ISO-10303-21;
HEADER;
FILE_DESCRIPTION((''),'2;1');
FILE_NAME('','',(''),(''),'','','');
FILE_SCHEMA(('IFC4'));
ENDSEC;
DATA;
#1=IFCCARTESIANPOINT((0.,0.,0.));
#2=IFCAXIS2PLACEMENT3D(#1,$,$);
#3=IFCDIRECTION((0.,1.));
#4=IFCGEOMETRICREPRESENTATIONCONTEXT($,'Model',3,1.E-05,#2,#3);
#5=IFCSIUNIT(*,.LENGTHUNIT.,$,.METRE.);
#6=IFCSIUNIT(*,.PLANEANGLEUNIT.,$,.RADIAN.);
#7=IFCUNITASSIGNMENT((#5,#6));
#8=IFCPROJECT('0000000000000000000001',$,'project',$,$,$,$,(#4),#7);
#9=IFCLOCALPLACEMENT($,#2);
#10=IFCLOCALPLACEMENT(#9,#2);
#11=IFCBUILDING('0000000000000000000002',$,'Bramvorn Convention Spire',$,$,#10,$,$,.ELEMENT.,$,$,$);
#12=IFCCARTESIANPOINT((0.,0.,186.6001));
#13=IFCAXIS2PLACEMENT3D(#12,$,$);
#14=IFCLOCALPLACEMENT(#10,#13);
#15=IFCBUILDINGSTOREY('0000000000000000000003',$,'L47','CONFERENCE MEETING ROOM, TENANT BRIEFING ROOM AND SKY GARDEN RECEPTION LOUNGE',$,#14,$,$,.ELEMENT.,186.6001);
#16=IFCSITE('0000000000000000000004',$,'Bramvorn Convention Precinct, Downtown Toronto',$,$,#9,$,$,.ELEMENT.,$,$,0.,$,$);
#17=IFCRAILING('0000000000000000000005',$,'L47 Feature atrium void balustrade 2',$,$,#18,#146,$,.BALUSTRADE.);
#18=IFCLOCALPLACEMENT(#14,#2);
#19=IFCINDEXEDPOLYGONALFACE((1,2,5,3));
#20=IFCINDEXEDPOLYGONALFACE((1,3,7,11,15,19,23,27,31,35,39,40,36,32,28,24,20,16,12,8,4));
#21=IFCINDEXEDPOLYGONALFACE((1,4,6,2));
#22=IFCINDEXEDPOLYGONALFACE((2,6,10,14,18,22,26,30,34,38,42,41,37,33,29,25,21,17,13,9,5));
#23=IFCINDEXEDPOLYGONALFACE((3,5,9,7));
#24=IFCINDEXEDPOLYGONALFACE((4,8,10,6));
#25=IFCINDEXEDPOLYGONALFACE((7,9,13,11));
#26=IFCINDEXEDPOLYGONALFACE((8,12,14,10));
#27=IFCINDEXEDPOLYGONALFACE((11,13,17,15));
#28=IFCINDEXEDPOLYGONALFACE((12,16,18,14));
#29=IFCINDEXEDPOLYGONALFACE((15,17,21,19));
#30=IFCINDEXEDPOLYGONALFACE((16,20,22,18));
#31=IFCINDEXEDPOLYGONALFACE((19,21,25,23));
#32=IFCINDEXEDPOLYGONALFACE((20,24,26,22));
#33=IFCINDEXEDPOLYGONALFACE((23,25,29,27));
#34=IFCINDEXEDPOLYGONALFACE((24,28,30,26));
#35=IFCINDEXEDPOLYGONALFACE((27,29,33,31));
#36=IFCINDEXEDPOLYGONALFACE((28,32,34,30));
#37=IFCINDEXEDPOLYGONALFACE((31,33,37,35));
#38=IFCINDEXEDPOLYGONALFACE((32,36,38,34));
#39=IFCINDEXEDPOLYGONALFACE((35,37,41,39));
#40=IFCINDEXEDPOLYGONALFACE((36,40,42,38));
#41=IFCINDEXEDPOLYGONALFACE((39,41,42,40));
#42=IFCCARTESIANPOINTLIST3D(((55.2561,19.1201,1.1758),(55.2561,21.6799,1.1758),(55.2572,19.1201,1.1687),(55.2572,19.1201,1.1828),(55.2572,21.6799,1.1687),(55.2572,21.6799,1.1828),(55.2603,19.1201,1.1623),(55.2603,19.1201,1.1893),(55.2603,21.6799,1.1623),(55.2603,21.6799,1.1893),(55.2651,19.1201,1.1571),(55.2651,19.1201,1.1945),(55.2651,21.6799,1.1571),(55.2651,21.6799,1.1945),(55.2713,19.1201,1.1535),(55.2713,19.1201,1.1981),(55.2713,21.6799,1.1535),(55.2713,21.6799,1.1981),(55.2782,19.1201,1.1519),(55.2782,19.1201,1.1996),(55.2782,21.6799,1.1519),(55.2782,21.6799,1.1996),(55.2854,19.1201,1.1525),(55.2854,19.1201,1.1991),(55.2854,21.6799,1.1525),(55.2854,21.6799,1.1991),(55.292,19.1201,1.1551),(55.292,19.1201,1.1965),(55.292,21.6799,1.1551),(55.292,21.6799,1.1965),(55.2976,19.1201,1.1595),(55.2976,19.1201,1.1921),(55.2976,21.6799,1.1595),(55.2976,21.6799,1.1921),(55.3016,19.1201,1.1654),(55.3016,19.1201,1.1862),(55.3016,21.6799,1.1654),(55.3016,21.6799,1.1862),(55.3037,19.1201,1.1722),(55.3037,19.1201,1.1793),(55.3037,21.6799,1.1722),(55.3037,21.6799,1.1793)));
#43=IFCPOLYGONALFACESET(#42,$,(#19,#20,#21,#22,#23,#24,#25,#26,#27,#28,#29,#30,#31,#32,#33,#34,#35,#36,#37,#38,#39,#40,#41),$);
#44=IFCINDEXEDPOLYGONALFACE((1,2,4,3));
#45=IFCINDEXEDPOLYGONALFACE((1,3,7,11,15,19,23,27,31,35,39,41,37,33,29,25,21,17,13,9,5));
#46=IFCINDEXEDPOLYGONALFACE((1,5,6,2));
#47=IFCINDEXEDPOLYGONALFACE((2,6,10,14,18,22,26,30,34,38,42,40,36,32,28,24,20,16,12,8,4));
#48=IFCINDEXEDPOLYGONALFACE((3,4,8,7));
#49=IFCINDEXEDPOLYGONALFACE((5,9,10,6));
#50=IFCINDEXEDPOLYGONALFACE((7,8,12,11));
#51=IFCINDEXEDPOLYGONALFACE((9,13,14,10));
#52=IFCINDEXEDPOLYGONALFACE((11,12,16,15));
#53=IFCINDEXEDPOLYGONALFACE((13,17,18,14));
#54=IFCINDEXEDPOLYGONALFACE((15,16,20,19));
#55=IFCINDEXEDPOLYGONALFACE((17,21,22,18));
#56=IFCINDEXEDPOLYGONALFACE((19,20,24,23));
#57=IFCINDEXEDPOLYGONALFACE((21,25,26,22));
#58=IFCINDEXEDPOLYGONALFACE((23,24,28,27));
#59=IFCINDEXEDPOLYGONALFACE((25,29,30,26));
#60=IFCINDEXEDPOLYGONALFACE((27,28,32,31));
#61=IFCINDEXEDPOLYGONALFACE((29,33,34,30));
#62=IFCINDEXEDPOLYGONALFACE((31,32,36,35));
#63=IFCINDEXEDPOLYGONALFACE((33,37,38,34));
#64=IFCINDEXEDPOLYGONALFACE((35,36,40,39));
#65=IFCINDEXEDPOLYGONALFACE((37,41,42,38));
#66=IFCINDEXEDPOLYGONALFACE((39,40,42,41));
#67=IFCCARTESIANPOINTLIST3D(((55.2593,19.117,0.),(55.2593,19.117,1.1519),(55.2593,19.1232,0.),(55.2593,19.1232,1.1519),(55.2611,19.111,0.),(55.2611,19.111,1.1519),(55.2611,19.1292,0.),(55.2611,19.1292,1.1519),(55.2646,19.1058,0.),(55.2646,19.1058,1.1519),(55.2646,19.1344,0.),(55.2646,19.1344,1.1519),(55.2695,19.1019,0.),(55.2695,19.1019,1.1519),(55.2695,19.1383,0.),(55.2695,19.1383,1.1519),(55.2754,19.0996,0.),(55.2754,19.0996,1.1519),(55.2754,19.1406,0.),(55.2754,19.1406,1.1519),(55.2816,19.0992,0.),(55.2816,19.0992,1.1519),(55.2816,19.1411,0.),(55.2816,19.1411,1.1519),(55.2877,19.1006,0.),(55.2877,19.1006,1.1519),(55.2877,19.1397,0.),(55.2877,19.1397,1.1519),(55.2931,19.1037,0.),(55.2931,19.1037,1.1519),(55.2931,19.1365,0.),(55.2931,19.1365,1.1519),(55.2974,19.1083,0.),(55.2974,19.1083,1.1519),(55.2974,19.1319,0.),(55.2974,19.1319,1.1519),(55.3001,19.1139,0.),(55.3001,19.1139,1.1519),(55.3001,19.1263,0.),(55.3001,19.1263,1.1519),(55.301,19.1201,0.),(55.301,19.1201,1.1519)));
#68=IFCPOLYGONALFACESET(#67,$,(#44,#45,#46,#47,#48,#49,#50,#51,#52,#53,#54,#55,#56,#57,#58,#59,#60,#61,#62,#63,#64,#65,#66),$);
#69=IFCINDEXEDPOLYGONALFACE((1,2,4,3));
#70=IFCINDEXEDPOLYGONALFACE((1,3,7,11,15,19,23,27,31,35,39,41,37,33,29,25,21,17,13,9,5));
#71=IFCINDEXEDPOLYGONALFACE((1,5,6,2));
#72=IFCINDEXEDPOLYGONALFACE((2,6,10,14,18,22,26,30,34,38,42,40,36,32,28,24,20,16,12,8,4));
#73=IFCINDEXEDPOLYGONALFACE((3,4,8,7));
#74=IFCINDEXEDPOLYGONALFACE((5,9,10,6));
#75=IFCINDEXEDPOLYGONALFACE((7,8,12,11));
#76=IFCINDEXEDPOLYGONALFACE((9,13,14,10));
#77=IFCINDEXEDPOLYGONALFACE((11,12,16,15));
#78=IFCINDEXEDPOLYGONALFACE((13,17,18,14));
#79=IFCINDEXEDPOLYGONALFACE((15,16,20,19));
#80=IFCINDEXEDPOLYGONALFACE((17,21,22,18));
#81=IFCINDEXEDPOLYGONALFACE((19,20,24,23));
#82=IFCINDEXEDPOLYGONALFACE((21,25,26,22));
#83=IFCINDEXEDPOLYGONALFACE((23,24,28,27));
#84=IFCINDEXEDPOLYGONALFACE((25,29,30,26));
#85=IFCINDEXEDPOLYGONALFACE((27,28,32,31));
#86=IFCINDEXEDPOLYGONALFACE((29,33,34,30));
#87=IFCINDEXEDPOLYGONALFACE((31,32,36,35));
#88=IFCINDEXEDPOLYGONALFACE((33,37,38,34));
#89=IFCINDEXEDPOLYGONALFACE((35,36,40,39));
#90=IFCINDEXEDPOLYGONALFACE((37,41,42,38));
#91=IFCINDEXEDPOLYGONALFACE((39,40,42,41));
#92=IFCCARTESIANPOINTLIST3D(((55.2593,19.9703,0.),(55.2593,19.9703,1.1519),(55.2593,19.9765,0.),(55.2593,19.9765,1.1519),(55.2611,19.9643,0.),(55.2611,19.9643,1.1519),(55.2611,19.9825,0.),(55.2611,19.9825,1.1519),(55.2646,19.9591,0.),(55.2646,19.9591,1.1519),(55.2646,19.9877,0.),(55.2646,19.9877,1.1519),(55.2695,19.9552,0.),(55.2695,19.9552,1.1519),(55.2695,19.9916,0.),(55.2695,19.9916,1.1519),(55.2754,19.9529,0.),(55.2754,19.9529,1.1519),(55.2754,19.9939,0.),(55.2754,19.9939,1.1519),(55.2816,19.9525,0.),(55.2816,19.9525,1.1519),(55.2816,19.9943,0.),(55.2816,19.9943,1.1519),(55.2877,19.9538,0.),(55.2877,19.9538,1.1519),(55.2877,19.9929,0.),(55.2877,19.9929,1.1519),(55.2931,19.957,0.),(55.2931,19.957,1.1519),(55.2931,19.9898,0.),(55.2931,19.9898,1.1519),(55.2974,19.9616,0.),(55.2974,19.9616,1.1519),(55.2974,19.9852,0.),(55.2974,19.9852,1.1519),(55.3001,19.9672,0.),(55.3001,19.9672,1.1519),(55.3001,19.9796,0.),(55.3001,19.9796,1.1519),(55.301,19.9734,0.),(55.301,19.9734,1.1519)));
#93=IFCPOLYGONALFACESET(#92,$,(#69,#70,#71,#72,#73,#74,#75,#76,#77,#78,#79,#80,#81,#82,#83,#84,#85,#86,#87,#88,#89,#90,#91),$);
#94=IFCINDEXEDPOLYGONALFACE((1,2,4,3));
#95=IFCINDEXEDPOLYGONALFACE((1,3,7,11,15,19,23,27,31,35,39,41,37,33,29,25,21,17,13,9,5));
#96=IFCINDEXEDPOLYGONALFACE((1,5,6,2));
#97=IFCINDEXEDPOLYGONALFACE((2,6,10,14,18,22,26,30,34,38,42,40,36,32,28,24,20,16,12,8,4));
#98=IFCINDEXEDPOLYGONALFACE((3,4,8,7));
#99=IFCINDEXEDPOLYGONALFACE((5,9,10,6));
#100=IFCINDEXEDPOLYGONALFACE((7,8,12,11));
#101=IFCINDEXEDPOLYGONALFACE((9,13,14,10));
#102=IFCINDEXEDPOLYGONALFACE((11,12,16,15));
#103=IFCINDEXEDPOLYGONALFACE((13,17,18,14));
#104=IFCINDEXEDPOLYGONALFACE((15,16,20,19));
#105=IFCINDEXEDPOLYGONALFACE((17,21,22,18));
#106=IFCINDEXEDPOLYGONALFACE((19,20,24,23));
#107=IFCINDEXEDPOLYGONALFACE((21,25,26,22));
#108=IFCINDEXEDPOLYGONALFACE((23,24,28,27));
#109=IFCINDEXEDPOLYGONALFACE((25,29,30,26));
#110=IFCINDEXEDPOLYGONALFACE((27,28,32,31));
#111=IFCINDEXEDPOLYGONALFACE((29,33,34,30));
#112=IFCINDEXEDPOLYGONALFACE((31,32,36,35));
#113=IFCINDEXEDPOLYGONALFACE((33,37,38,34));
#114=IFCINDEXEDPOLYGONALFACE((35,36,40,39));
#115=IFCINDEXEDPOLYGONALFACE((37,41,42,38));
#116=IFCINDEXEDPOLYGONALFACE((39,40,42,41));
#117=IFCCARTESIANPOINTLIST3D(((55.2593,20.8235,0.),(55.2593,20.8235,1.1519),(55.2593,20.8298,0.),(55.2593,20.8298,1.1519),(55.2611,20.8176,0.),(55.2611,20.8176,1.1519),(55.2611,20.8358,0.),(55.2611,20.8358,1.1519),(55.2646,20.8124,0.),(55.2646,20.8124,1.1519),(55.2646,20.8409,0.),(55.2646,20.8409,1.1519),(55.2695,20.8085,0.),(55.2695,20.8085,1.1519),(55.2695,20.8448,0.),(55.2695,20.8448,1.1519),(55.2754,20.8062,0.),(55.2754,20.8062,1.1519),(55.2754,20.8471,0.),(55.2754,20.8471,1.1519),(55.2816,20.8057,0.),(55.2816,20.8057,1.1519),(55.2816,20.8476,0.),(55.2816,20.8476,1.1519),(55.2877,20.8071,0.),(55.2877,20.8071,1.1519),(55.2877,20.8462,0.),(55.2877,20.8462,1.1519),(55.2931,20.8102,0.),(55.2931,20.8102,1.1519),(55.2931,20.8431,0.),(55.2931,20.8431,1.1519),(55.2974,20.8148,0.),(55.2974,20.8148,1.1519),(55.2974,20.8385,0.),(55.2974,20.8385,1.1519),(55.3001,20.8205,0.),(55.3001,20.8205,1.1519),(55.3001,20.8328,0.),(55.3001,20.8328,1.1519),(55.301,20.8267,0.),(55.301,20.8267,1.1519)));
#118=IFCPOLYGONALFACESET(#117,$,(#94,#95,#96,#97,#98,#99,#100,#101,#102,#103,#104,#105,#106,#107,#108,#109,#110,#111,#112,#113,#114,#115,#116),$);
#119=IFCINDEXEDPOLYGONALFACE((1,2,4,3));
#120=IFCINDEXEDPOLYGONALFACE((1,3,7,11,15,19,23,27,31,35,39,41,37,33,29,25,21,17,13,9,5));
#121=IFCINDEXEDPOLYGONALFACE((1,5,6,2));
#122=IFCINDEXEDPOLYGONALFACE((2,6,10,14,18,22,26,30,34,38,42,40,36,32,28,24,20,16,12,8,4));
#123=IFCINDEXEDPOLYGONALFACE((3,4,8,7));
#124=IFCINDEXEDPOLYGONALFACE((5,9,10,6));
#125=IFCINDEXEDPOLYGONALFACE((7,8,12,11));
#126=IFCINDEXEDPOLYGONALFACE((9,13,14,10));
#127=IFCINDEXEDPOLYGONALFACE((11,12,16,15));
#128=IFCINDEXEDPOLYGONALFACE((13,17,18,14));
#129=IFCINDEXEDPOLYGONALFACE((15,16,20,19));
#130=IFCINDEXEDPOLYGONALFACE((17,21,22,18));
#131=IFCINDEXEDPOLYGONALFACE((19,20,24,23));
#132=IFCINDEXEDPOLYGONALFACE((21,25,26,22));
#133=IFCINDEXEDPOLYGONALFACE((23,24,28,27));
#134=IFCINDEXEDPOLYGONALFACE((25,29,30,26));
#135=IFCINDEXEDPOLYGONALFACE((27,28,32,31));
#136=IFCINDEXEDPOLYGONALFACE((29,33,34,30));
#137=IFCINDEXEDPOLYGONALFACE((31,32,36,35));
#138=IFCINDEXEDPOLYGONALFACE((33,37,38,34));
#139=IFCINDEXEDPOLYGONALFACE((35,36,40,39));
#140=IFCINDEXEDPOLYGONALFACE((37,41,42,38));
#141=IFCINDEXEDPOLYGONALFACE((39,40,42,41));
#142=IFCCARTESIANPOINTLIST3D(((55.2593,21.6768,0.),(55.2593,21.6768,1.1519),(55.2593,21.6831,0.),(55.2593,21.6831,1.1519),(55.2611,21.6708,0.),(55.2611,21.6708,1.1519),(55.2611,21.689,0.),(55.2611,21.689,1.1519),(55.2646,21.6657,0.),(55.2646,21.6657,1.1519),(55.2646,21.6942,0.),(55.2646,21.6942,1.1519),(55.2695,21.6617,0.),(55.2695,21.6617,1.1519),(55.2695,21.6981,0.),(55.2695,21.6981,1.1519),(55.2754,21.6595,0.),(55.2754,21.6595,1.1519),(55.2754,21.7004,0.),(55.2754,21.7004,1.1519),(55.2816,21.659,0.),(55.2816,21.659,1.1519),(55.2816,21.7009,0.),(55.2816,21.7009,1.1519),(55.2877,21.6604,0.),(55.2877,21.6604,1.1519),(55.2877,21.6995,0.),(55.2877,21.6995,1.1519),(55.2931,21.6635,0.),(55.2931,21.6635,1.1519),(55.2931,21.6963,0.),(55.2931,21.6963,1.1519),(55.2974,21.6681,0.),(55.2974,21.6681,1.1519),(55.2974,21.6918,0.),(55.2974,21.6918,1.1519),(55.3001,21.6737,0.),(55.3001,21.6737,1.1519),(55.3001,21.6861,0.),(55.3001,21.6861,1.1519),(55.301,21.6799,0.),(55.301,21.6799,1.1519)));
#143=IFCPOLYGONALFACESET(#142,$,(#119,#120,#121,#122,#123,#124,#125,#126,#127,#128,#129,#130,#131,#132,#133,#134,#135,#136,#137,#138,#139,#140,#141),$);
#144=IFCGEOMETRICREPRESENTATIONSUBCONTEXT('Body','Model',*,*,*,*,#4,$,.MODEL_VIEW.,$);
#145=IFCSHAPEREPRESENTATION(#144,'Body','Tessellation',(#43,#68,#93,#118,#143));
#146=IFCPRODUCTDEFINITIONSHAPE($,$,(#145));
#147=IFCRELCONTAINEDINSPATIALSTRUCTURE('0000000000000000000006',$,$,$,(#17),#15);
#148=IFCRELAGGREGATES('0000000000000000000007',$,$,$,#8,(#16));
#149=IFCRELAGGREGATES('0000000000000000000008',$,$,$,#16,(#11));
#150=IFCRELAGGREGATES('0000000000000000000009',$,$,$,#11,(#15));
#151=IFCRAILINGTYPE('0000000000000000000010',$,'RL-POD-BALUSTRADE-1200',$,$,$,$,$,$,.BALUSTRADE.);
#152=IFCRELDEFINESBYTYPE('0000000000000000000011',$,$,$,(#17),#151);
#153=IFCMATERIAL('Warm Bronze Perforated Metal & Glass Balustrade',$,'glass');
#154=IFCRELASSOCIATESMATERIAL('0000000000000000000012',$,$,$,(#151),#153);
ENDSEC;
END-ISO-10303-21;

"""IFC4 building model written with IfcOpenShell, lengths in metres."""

from ifc_helpers import new_model, si_unit, direction, frame, origin, origin_2d, place, context, subcontext, project, spatial, circle, extrude, material, type_object, element, save


model = new_model("IFC4")

# Units and contexts
model_context = context("Model", 3, precision=1e-05, world=origin(), true_north=direction((0.0, 1.0)))
body_context = subcontext(model_context, "Body", "Model", "MODEL_VIEW")
ifc_project = project(units=[si_unit("LENGTHUNIT", "METRE"), si_unit("PLANEANGLEUNIT", "RADIAN")], contexts=[model_context])

# Site, building, storey
site_placement = place(None, origin())
site = spatial("IfcSite", under=ifc_project, at=site_placement, Name="Bramvorn Convention Precinct, Downtown Toronto", CompositionType="ELEMENT", RefElevation=0.0)
building_placement = place(site_placement, origin())
building = spatial("IfcBuilding", under=site, at=building_placement, Name="Bramvorn Convention Spire", CompositionType="ELEMENT")
storey_placement = place(building_placement, frame((0.0, 0.0, 186.6001)))
storey = spatial("IfcBuildingStorey", under=building, at=storey_placement, Name="L47", Description="CONFERENCE MEETING ROOM, TENANT BRIEFING ROOM AND SKY GARDEN RECEPTION LOUNGE", CompositionType="ELEMENT", Elevation=186.6001)

# Railing
ifc_material_1 = material(Name="Warm Bronze Perforated Metal & Glass Balustrade", Category="glass")
railing_type_1 = type_object("IfcRailingType", Name="RL-POD-BALUSTRADE-1200", PredefinedType="BALUSTRADE", material=ifc_material_1)
railing_1_placement = place(storey_placement, frame((55.28, 19.1201, 0.0)))
element("IfcRailing", 1, at=railing_1_placement, inside=storey, type_object=railing_type_1, Name="L47 Feature atrium void balustrade 2", PredefinedType="BALUSTRADE", context=body_context, shape_type="SweptSolid", body=[
    extrude(circle(Radius=0.0239, at=origin_2d()), frame((0.0, 0.0, 1.1758), z_axis=(0.0, 1.0, 0.0), x_axis=(-1.0, 0.0, 0.0)), (0.0, 0.0, 1.0), 2.5598),
    extrude(circle(Radius=0.021, at=origin_2d()), origin(), (0.0, 0.0, 1.0), 1.1519),
    extrude(circle(Radius=0.021, at=origin_2d()), frame((0.0, 0.8533, 0.0)), (0.0, 0.0, 1.0), 1.1519),
    extrude(circle(Radius=0.021, at=origin_2d()), frame((0.0, 1.7065, 0.0)), (0.0, 0.0, 1.0), 1.1519),
    extrude(circle(Radius=0.021, at=origin_2d()), frame((0.0, 2.5598, 0.0)), (0.0, 0.0, 1.0), 1.1519),
])

save(model, "model.ifc")
